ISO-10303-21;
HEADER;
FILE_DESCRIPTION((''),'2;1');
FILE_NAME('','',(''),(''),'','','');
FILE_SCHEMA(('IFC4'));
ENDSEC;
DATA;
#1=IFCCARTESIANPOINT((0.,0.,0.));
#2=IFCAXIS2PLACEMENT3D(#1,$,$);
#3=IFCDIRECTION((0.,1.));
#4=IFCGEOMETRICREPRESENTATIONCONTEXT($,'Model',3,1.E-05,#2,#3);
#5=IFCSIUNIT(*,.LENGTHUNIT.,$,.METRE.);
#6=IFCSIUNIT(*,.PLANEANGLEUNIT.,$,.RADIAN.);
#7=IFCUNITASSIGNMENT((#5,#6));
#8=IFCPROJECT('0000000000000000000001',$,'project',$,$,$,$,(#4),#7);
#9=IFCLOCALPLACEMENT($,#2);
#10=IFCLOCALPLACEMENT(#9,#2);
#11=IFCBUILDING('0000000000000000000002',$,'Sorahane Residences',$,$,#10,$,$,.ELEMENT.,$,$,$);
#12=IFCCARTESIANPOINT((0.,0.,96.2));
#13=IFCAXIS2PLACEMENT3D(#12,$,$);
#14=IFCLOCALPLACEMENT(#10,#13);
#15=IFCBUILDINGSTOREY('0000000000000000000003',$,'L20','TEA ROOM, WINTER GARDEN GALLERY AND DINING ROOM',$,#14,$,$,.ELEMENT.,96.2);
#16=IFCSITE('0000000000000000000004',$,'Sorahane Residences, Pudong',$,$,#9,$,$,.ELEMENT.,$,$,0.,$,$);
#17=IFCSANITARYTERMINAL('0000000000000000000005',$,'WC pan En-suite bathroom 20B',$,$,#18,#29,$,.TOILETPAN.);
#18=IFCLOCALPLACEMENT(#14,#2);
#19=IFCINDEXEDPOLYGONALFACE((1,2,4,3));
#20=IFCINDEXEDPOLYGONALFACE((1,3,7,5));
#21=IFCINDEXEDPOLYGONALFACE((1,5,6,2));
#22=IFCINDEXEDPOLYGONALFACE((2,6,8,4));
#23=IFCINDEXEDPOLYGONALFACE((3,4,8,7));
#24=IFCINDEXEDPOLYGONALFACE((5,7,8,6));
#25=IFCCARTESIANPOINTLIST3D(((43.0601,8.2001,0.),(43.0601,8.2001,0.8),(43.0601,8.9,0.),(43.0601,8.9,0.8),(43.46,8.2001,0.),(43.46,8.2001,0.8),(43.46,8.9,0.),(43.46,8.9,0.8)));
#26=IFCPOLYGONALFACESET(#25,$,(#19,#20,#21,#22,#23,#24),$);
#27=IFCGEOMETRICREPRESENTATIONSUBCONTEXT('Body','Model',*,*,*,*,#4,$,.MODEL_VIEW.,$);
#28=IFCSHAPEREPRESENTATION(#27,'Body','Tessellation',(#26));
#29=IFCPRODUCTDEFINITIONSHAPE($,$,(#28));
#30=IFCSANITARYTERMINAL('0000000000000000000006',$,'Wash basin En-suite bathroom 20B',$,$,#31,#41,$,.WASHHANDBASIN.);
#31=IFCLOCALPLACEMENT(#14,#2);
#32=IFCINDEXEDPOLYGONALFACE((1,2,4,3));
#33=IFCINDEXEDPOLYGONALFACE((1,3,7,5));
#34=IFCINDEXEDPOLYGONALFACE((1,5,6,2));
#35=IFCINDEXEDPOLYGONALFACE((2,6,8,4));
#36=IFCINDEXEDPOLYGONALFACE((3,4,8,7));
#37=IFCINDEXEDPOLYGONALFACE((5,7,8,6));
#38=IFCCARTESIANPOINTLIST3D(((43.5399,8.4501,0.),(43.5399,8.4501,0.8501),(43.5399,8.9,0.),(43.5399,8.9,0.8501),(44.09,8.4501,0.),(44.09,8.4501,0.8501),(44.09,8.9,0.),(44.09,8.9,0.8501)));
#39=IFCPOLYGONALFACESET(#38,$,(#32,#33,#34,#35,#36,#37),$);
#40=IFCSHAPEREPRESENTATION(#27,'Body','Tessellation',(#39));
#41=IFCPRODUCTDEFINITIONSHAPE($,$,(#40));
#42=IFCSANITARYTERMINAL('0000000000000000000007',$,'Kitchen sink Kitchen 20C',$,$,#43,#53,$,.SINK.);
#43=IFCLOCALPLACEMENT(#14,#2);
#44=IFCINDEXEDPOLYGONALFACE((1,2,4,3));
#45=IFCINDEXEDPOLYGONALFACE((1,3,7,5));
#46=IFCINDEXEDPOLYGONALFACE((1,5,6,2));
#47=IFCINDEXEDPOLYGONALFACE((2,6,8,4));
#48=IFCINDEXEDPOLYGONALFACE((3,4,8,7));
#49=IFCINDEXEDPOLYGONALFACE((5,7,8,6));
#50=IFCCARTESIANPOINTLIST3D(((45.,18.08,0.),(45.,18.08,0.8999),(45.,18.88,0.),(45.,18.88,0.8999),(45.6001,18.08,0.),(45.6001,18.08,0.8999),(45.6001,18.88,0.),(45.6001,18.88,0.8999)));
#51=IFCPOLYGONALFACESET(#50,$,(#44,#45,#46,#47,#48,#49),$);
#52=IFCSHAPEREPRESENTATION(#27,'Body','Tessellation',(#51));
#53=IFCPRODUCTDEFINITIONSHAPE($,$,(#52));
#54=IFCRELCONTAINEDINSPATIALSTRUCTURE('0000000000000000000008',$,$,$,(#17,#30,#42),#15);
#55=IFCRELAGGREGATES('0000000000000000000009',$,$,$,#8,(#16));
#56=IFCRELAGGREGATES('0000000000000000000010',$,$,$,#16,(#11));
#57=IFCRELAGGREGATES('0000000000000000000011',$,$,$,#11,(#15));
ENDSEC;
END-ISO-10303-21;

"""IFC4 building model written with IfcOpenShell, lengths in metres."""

from ifc_helpers import new_model, si_unit, direction, frame, origin, origin_2d, place, context, subcontext, project, spatial, rectangle, extrude, element, save


model = new_model("IFC4")

# Units and contexts
model_context = context("Model", 3, precision=1e-05, world=origin(), true_north=direction((0.0, 1.0)))
body_context = subcontext(model_context, "Body", "Model", "MODEL_VIEW")
ifc_project = project(units=[si_unit("LENGTHUNIT", "METRE"), si_unit("PLANEANGLEUNIT", "RADIAN")], contexts=[model_context])

# Site, building, storey
site_placement = place(None, origin())
site = spatial("IfcSite", under=ifc_project, at=site_placement, Name="Sorahane Residences, Pudong", CompositionType="ELEMENT", RefElevation=0.0)
building_placement = place(site_placement, origin())
building = spatial("IfcBuilding", under=site, at=building_placement, Name="Sorahane Residences", CompositionType="ELEMENT")
storey_placement = place(building_placement, frame((0.0, 0.0, 96.2)))
storey = spatial("IfcBuildingStorey", under=building, at=storey_placement, Name="L20", Description="TEA ROOM, WINTER GARDEN GALLERY AND DINING ROOM", CompositionType="ELEMENT", Elevation=96.2)

# Sanitary terminals
sanitary_terminal_1_placement = place(storey_placement, frame((43.26, 8.55, 0.0), z_axis=(0.0, 0.0, 1.0), x_axis=(1.0, 0.0, 0.0)))
element("IfcSanitaryTerminal", 1, at=sanitary_terminal_1_placement, inside=storey, Name="WC pan En-suite bathroom 20B", PredefinedType="TOILETPAN", context=body_context, shape_type="SweptSolid", body=[
    extrude(rectangle(XDim=0.3999, YDim=0.7, at=origin_2d()), origin(), (0.0, 0.0, 1.0), 0.8),
])
sanitary_terminal_2_placement = place(storey_placement, frame((43.8149, 8.675, 0.0), z_axis=(0.0, 0.0, 1.0), x_axis=(1.0, 0.0, 0.0)))
element("IfcSanitaryTerminal", 2, at=sanitary_terminal_2_placement, inside=storey, Name="Wash basin En-suite bathroom 20B", PredefinedType="WASHHANDBASIN", context=body_context, shape_type="SweptSolid", body=[
    extrude(rectangle(XDim=0.55, YDim=0.45, at=origin_2d()), origin(), (0.0, 0.0, 1.0), 0.8501),
])
sanitary_terminal_3_placement = place(storey_placement, frame((45.3, 18.48, 0.0), z_axis=(0.0, 0.0, 1.0), x_axis=(0.0, 1.0, 0.0)))
element("IfcSanitaryTerminal", 3, at=sanitary_terminal_3_placement, inside=storey, Name="Kitchen sink Kitchen 20C", PredefinedType="SINK", context=body_context, shape_type="SweptSolid", body=[
    extrude(rectangle(XDim=0.8, YDim=0.6001, at=origin_2d()), origin(), (0.0, 0.0, 1.0), 0.8999),
])

save(model, "model.ifc")
